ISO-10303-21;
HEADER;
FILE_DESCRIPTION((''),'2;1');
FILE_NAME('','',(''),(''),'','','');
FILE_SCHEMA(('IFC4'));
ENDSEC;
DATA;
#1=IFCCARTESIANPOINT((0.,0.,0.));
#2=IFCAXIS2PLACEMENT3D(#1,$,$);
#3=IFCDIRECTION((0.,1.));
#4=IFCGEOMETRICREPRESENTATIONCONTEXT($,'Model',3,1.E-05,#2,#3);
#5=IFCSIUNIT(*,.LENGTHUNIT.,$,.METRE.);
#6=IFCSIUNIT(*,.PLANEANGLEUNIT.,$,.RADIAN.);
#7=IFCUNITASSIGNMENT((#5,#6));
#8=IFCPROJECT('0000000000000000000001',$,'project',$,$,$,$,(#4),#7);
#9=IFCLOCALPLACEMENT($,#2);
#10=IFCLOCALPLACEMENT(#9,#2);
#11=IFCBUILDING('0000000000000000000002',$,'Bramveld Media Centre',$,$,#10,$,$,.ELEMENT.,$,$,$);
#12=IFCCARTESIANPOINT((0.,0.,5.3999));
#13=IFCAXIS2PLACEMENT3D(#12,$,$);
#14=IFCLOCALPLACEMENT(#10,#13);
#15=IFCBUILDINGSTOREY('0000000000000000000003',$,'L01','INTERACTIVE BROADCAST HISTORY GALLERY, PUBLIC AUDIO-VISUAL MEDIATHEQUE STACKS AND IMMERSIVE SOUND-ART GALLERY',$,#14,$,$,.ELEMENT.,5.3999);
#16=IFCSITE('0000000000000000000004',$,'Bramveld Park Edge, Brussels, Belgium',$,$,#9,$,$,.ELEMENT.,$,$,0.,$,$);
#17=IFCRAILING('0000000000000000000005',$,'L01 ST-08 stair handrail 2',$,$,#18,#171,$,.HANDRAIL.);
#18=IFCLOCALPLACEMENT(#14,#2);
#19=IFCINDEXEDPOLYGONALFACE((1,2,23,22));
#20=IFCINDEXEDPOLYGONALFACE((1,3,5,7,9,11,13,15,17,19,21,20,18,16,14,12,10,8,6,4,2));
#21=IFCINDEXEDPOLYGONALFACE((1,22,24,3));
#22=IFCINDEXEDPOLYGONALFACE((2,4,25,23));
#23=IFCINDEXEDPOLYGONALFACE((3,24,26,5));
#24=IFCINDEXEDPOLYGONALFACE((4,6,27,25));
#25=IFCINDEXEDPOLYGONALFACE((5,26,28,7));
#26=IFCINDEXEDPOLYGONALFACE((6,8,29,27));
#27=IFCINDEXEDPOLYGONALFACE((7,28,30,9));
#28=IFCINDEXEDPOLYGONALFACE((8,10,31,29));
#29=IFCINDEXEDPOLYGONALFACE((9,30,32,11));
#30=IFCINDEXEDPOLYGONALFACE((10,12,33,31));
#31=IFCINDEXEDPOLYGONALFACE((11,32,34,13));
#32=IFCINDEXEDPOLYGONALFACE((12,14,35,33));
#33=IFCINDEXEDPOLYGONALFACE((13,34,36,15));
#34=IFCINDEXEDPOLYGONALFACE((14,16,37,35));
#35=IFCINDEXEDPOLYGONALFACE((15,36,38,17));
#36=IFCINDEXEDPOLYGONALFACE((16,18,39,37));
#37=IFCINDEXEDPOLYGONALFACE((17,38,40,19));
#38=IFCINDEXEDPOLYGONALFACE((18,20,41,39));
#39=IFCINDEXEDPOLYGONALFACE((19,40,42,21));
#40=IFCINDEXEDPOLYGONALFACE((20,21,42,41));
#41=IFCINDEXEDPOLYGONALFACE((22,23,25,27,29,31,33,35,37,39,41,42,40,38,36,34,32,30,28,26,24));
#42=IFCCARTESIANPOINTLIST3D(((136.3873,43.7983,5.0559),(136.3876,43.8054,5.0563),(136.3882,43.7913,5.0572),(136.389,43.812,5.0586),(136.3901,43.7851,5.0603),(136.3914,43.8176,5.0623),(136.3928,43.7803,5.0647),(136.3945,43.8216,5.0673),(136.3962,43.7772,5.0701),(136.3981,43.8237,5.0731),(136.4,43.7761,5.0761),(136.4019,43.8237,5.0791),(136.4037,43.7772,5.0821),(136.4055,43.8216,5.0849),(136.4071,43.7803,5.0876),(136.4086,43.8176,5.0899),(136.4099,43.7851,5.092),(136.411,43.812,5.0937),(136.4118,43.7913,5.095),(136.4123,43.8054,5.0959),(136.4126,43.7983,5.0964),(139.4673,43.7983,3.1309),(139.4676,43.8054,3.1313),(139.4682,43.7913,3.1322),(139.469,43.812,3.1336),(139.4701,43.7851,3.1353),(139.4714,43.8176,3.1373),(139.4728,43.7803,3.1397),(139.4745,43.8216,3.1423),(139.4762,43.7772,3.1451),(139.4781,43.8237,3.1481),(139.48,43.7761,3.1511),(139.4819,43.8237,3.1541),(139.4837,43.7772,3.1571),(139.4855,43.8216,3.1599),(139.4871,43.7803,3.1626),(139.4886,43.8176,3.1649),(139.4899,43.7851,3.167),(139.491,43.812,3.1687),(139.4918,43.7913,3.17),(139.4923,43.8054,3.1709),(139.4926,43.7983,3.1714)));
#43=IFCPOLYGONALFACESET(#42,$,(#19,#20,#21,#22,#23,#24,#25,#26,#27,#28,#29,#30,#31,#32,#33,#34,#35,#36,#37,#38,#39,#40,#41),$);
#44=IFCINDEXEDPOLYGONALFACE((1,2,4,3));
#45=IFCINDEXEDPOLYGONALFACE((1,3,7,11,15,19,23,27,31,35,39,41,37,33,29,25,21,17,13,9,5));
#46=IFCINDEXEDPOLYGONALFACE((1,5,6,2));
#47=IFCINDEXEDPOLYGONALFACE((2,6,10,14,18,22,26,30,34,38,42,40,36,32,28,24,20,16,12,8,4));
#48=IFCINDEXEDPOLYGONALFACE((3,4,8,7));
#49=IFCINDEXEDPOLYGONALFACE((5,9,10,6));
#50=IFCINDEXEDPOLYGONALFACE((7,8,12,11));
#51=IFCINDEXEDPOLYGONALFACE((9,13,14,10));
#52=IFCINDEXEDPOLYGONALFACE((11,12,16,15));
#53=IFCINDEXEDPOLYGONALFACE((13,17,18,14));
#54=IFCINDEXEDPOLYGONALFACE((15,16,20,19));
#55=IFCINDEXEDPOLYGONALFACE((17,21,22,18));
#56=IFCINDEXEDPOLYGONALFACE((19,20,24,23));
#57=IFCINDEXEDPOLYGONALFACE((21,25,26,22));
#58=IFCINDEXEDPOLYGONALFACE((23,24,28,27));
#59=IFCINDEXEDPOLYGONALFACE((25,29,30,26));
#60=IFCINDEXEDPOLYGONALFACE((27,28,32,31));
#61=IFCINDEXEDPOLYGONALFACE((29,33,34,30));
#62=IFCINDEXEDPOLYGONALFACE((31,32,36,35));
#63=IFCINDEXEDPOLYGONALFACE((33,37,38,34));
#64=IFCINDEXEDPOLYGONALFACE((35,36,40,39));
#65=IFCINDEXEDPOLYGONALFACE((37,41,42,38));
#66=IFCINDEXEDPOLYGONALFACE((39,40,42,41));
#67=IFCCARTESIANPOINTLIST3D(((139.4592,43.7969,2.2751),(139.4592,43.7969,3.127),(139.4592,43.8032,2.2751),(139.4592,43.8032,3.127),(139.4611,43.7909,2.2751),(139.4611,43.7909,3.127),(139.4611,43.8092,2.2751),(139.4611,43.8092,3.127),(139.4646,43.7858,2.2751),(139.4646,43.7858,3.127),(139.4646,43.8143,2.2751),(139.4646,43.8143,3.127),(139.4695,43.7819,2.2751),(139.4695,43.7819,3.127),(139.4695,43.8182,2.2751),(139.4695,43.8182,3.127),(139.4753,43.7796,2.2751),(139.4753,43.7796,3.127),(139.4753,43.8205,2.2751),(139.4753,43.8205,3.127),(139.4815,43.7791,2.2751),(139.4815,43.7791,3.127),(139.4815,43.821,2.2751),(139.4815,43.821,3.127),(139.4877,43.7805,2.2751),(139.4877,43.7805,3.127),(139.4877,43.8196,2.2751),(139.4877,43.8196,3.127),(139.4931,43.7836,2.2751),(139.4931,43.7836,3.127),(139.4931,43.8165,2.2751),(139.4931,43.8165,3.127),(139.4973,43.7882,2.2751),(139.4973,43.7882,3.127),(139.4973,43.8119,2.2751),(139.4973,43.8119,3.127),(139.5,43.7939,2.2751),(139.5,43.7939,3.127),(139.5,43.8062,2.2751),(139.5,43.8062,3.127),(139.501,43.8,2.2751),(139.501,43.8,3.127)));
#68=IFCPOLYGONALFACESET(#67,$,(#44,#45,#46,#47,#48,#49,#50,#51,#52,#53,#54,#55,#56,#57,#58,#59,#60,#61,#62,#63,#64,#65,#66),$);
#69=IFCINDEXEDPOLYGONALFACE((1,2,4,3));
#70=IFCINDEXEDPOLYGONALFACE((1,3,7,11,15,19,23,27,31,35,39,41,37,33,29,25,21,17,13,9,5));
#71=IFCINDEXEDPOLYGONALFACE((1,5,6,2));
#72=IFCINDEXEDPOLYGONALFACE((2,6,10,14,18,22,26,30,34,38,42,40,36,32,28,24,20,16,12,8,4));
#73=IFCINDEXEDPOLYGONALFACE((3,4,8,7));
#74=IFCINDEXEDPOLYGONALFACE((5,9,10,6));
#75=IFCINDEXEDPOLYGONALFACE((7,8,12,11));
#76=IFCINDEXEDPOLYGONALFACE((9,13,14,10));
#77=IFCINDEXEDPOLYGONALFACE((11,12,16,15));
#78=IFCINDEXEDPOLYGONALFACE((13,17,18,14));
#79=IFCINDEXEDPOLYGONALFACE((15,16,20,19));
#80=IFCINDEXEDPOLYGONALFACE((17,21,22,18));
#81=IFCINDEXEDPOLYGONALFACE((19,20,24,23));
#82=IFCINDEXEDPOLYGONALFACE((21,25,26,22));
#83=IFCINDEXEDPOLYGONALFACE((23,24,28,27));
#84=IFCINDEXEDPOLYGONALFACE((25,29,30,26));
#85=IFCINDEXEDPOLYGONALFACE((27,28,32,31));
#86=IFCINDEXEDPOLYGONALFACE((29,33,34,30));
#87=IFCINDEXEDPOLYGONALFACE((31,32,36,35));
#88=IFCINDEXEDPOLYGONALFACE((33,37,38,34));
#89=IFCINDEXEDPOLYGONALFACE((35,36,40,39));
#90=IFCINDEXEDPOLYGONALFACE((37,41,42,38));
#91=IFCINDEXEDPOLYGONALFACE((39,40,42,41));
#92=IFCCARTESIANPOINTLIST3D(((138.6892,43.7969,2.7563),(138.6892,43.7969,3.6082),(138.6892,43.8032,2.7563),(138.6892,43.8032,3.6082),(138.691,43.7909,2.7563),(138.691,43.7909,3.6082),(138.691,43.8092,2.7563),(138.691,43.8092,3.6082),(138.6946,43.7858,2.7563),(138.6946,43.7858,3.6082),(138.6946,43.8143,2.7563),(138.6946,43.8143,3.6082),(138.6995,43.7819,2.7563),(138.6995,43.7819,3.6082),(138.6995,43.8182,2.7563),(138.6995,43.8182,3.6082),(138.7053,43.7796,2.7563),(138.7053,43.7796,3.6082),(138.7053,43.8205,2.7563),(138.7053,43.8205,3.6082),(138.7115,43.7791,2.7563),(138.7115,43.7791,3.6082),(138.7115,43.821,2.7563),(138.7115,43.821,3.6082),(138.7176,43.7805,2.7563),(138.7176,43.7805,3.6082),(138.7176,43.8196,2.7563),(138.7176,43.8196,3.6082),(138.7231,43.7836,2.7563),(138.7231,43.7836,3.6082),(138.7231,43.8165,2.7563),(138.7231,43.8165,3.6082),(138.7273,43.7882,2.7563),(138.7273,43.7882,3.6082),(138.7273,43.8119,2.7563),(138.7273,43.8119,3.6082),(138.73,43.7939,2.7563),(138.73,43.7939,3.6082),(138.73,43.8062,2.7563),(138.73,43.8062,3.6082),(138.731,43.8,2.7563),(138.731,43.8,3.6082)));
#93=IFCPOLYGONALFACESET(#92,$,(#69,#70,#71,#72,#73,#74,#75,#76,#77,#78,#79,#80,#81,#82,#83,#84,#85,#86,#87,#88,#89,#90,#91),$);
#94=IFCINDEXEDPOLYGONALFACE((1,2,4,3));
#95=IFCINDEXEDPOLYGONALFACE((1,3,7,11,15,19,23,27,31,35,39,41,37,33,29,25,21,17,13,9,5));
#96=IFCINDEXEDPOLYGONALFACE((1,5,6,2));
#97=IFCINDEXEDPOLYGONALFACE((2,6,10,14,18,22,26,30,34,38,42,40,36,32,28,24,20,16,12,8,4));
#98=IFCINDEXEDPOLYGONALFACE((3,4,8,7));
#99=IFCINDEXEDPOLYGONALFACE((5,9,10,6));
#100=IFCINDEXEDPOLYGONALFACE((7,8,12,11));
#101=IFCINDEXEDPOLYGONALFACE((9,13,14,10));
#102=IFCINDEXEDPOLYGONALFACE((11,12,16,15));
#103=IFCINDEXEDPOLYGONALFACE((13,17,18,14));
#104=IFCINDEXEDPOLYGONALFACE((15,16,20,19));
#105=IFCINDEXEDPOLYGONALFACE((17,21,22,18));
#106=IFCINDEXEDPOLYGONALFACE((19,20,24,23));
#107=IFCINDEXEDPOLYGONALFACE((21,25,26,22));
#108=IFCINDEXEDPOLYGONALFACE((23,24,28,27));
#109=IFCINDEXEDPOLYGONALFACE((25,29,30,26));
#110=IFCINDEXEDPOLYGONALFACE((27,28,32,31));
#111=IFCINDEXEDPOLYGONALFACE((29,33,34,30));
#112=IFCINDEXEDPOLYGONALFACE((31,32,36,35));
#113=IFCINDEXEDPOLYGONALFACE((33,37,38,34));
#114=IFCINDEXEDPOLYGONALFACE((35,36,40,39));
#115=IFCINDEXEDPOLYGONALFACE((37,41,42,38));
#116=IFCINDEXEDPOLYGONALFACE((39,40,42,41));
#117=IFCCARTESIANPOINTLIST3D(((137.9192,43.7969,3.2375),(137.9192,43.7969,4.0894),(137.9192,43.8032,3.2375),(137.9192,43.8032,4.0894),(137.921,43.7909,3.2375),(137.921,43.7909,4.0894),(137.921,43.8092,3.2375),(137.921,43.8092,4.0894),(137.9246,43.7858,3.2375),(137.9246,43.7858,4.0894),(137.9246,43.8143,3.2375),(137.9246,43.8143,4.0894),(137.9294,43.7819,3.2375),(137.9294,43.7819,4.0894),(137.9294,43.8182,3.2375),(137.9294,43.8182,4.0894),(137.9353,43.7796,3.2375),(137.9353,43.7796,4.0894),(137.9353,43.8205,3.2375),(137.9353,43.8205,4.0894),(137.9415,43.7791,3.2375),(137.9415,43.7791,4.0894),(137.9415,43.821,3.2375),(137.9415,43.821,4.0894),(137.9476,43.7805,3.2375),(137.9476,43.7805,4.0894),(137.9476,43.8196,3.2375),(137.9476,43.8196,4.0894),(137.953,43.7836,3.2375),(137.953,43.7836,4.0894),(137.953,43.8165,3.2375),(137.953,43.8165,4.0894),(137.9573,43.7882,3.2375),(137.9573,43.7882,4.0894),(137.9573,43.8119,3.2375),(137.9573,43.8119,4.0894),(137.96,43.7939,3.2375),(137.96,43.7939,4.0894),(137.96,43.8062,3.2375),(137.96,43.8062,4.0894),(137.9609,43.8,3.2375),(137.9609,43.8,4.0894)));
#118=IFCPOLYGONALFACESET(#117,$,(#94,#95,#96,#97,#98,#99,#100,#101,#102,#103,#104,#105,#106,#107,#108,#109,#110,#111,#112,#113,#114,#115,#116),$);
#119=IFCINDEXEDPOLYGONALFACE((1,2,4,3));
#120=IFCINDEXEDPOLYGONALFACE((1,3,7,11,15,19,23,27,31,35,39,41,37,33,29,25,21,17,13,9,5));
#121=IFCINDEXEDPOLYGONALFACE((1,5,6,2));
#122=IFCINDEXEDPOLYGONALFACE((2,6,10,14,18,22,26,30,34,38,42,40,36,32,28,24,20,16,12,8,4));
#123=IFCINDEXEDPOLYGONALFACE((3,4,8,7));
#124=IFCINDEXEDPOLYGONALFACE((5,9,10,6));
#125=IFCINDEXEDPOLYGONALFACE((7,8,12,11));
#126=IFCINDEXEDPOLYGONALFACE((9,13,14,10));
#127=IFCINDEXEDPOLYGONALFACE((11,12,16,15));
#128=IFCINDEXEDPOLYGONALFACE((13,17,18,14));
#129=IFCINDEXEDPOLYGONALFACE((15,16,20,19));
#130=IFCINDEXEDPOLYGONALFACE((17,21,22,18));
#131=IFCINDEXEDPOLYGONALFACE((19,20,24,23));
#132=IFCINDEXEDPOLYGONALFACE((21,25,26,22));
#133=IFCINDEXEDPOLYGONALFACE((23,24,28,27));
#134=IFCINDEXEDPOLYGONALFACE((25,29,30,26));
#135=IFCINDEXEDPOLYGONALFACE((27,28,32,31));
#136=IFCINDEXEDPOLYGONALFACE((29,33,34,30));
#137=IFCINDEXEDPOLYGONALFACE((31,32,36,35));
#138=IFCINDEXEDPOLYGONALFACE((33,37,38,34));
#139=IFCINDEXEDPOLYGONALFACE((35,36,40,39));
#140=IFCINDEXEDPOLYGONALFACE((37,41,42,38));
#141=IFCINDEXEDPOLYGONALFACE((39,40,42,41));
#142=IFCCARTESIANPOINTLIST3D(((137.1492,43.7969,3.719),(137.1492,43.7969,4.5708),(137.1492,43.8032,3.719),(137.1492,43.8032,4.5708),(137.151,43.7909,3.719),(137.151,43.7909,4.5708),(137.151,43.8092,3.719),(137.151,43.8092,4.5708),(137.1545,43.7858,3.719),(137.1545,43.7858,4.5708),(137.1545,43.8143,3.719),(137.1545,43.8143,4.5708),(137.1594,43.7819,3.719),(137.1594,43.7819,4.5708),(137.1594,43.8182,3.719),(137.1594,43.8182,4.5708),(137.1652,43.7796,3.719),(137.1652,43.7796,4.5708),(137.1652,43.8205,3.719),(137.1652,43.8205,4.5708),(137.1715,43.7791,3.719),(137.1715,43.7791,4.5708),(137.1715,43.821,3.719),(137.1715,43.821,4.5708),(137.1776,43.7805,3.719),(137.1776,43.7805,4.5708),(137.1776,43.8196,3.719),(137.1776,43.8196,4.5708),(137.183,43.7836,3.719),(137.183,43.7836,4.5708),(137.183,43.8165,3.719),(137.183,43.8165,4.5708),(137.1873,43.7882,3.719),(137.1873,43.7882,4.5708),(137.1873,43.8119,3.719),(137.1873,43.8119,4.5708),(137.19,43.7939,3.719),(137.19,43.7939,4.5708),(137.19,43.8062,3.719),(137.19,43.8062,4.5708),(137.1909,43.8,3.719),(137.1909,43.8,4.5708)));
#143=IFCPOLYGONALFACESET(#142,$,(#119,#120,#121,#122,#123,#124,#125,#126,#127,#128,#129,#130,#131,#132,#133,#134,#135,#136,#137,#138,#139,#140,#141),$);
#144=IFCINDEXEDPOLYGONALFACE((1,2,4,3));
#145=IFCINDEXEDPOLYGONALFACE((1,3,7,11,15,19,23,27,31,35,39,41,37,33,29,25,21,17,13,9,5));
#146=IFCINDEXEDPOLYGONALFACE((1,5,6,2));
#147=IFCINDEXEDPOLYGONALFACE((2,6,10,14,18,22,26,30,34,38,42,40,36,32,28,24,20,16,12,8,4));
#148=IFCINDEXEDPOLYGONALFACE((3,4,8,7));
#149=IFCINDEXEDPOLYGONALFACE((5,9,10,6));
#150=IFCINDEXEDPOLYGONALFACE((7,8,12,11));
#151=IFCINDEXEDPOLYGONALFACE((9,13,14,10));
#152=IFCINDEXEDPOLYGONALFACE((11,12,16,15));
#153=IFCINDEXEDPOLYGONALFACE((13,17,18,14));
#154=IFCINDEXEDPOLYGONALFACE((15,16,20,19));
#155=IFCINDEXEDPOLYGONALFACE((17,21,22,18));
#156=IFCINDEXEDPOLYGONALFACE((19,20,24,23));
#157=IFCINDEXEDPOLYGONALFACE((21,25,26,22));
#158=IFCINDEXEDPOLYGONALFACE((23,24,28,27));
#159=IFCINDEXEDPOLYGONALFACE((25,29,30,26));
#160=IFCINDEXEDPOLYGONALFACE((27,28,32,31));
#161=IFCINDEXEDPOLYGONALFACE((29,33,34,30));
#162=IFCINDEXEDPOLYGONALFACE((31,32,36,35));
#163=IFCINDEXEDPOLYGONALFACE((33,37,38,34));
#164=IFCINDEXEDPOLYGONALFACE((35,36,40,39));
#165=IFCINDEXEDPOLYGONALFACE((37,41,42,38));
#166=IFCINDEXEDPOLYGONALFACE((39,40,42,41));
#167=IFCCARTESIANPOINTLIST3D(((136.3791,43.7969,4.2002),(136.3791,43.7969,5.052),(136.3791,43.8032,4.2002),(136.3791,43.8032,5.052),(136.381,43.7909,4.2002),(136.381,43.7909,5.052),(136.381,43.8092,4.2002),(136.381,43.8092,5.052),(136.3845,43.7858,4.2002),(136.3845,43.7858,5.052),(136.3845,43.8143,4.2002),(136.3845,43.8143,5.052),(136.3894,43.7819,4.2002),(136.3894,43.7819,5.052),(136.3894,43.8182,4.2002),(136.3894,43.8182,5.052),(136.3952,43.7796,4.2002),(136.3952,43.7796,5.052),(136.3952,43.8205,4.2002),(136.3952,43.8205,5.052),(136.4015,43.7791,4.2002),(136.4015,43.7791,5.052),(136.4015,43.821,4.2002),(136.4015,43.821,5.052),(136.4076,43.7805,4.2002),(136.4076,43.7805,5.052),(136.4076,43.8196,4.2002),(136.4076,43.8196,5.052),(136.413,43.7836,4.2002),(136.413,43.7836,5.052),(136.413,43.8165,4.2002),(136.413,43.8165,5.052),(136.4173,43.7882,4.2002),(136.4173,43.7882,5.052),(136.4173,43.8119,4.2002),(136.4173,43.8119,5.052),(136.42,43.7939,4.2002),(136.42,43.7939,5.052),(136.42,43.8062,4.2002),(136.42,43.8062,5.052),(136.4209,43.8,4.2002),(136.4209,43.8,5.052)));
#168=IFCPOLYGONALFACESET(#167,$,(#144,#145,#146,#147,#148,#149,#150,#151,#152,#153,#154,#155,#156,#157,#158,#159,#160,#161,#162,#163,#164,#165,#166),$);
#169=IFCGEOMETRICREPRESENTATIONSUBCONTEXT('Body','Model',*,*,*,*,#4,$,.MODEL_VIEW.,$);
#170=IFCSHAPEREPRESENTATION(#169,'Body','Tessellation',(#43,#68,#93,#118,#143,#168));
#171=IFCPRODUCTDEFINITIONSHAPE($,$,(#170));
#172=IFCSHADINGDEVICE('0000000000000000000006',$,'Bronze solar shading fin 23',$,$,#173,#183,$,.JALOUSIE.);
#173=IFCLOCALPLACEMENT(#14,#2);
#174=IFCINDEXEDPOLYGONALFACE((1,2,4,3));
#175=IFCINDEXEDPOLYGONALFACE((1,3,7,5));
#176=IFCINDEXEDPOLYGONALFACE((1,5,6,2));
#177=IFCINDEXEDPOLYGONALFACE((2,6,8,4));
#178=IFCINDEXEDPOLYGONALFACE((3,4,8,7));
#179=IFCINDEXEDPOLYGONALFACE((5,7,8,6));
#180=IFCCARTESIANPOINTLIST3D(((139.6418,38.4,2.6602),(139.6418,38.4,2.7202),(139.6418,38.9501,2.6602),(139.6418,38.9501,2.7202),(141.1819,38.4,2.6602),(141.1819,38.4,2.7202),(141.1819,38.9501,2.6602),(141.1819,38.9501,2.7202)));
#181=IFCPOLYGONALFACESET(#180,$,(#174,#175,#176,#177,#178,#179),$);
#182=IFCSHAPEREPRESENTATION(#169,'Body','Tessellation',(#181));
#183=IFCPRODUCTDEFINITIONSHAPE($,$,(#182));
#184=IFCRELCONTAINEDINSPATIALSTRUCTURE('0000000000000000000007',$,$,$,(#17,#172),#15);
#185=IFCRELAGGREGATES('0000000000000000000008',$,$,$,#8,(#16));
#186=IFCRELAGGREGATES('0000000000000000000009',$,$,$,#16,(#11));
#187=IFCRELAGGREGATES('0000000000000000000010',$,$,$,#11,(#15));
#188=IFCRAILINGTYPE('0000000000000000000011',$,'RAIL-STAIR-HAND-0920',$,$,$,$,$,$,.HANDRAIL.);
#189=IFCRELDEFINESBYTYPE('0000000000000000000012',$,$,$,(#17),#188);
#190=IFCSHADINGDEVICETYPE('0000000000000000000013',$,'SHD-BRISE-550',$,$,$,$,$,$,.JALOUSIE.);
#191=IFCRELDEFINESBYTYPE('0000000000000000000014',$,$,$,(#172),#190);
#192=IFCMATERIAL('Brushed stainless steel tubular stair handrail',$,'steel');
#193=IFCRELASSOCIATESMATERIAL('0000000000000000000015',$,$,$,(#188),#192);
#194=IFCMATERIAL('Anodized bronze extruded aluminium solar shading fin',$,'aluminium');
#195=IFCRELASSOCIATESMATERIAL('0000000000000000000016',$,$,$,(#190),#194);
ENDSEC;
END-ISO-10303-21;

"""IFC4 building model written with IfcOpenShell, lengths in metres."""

from ifc_helpers import new_model, si_unit, direction, frame, origin, origin_2d, place, context, subcontext, project, spatial, rectangle, circle, extrude, material, type_object, element, save


model = new_model("IFC4")

# Units and contexts
model_context = context("Model", 3, precision=1e-05, world=origin(), true_north=direction((0.0, 1.0)))
body_context = subcontext(model_context, "Body", "Model", "MODEL_VIEW")
ifc_project = project(units=[si_unit("LENGTHUNIT", "METRE"), si_unit("PLANEANGLEUNIT", "RADIAN")], contexts=[model_context])

# Site, building, storey
site_placement = place(None, origin())
site = spatial("IfcSite", under=ifc_project, at=site_placement, Name="Bramveld Park Edge, Brussels, Belgium", CompositionType="ELEMENT", RefElevation=0.0)
building_placement = place(site_placement, origin())
building = spatial("IfcBuilding", under=site, at=building_placement, Name="Bramveld Media Centre", CompositionType="ELEMENT")
storey_placement = place(building_placement, frame((0.0, 0.0, 5.3999)))
storey = spatial("IfcBuildingStorey", under=building, at=storey_placement, Name="L01", Description="INTERACTIVE BROADCAST HISTORY GALLERY, PUBLIC AUDIO-VISUAL MEDIATHEQUE STACKS AND IMMERSIVE SOUND-ART GALLERY", CompositionType="ELEMENT", Elevation=5.3999)

# Railing
ifc_material_1 = material(Name="Brushed stainless steel tubular stair handrail", Category="steel")
railing_type_1 = type_object("IfcRailingType", Name="RAIL-STAIR-HAND-0920", PredefinedType="HANDRAIL", material=ifc_material_1)
railing_1_placement = place(storey_placement, frame((139.48, 43.8, 2.2751)))
element("IfcRailing", 1, at=railing_1_placement, inside=storey, type_object=railing_type_1, Name="L01 ST-08 stair handrail 2", PredefinedType="HANDRAIL", context=body_context, shape_type="SweptSolid", body=[
    extrude(circle(Radius=0.0239, at=origin_2d()), frame((0.0, 0.0, 0.876), z_axis=(-0.847998, 0.0, 0.529999), x_axis=(0.0, -1.0, 0.0)), (0.0, 0.0, 1.0), 3.6321),
    extrude(circle(Radius=0.021, at=origin_2d()), origin(), (0.0, 0.0, 1.0), 0.8518),
    extrude(circle(Radius=0.021, at=origin_2d()), frame((-0.77, 0.0, 0.4812)), (0.0, 0.0, 1.0), 0.8518),
    extrude(circle(Radius=0.021, at=origin_2d()), frame((-1.54, 0.0, 0.9624)), (0.0, 0.0, 1.0), 0.8518),
    extrude(circle(Radius=0.021, at=origin_2d()), frame((-2.3101, 0.0, 1.4438)), (0.0, 0.0, 1.0), 0.8518),
    extrude(circle(Radius=0.021, at=origin_2d()), frame((-3.0801, 0.0, 1.925)), (0.0, 0.0, 1.0), 0.8518),
])

# Shading device
ifc_material_2 = material(Name="Anodized bronze extruded aluminium solar shading fin", Category="aluminium")
shading_device_type = type_object("IfcShadingDeviceType", Name="SHD-BRISE-550", PredefinedType="JALOUSIE", material=ifc_material_2)
shading_device_placement = place(storey_placement, frame((140.4119, 38.675, 2.6602), z_axis=(0.0, 0.0, 1.0), x_axis=(1.0, 0.0, 0.0)))
element("IfcShadingDevice", 2, at=shading_device_placement, inside=storey, type_object=shading_device_type, Name="Bronze solar shading fin 23", PredefinedType="JALOUSIE", context=body_context, shape_type="SweptSolid", body=[
    extrude(rectangle(XDim=1.54, YDim=0.55, at=origin_2d()), origin(), (0.0, 0.0, 1.0), 0.0601),
])

save(model, "model.ifc")
